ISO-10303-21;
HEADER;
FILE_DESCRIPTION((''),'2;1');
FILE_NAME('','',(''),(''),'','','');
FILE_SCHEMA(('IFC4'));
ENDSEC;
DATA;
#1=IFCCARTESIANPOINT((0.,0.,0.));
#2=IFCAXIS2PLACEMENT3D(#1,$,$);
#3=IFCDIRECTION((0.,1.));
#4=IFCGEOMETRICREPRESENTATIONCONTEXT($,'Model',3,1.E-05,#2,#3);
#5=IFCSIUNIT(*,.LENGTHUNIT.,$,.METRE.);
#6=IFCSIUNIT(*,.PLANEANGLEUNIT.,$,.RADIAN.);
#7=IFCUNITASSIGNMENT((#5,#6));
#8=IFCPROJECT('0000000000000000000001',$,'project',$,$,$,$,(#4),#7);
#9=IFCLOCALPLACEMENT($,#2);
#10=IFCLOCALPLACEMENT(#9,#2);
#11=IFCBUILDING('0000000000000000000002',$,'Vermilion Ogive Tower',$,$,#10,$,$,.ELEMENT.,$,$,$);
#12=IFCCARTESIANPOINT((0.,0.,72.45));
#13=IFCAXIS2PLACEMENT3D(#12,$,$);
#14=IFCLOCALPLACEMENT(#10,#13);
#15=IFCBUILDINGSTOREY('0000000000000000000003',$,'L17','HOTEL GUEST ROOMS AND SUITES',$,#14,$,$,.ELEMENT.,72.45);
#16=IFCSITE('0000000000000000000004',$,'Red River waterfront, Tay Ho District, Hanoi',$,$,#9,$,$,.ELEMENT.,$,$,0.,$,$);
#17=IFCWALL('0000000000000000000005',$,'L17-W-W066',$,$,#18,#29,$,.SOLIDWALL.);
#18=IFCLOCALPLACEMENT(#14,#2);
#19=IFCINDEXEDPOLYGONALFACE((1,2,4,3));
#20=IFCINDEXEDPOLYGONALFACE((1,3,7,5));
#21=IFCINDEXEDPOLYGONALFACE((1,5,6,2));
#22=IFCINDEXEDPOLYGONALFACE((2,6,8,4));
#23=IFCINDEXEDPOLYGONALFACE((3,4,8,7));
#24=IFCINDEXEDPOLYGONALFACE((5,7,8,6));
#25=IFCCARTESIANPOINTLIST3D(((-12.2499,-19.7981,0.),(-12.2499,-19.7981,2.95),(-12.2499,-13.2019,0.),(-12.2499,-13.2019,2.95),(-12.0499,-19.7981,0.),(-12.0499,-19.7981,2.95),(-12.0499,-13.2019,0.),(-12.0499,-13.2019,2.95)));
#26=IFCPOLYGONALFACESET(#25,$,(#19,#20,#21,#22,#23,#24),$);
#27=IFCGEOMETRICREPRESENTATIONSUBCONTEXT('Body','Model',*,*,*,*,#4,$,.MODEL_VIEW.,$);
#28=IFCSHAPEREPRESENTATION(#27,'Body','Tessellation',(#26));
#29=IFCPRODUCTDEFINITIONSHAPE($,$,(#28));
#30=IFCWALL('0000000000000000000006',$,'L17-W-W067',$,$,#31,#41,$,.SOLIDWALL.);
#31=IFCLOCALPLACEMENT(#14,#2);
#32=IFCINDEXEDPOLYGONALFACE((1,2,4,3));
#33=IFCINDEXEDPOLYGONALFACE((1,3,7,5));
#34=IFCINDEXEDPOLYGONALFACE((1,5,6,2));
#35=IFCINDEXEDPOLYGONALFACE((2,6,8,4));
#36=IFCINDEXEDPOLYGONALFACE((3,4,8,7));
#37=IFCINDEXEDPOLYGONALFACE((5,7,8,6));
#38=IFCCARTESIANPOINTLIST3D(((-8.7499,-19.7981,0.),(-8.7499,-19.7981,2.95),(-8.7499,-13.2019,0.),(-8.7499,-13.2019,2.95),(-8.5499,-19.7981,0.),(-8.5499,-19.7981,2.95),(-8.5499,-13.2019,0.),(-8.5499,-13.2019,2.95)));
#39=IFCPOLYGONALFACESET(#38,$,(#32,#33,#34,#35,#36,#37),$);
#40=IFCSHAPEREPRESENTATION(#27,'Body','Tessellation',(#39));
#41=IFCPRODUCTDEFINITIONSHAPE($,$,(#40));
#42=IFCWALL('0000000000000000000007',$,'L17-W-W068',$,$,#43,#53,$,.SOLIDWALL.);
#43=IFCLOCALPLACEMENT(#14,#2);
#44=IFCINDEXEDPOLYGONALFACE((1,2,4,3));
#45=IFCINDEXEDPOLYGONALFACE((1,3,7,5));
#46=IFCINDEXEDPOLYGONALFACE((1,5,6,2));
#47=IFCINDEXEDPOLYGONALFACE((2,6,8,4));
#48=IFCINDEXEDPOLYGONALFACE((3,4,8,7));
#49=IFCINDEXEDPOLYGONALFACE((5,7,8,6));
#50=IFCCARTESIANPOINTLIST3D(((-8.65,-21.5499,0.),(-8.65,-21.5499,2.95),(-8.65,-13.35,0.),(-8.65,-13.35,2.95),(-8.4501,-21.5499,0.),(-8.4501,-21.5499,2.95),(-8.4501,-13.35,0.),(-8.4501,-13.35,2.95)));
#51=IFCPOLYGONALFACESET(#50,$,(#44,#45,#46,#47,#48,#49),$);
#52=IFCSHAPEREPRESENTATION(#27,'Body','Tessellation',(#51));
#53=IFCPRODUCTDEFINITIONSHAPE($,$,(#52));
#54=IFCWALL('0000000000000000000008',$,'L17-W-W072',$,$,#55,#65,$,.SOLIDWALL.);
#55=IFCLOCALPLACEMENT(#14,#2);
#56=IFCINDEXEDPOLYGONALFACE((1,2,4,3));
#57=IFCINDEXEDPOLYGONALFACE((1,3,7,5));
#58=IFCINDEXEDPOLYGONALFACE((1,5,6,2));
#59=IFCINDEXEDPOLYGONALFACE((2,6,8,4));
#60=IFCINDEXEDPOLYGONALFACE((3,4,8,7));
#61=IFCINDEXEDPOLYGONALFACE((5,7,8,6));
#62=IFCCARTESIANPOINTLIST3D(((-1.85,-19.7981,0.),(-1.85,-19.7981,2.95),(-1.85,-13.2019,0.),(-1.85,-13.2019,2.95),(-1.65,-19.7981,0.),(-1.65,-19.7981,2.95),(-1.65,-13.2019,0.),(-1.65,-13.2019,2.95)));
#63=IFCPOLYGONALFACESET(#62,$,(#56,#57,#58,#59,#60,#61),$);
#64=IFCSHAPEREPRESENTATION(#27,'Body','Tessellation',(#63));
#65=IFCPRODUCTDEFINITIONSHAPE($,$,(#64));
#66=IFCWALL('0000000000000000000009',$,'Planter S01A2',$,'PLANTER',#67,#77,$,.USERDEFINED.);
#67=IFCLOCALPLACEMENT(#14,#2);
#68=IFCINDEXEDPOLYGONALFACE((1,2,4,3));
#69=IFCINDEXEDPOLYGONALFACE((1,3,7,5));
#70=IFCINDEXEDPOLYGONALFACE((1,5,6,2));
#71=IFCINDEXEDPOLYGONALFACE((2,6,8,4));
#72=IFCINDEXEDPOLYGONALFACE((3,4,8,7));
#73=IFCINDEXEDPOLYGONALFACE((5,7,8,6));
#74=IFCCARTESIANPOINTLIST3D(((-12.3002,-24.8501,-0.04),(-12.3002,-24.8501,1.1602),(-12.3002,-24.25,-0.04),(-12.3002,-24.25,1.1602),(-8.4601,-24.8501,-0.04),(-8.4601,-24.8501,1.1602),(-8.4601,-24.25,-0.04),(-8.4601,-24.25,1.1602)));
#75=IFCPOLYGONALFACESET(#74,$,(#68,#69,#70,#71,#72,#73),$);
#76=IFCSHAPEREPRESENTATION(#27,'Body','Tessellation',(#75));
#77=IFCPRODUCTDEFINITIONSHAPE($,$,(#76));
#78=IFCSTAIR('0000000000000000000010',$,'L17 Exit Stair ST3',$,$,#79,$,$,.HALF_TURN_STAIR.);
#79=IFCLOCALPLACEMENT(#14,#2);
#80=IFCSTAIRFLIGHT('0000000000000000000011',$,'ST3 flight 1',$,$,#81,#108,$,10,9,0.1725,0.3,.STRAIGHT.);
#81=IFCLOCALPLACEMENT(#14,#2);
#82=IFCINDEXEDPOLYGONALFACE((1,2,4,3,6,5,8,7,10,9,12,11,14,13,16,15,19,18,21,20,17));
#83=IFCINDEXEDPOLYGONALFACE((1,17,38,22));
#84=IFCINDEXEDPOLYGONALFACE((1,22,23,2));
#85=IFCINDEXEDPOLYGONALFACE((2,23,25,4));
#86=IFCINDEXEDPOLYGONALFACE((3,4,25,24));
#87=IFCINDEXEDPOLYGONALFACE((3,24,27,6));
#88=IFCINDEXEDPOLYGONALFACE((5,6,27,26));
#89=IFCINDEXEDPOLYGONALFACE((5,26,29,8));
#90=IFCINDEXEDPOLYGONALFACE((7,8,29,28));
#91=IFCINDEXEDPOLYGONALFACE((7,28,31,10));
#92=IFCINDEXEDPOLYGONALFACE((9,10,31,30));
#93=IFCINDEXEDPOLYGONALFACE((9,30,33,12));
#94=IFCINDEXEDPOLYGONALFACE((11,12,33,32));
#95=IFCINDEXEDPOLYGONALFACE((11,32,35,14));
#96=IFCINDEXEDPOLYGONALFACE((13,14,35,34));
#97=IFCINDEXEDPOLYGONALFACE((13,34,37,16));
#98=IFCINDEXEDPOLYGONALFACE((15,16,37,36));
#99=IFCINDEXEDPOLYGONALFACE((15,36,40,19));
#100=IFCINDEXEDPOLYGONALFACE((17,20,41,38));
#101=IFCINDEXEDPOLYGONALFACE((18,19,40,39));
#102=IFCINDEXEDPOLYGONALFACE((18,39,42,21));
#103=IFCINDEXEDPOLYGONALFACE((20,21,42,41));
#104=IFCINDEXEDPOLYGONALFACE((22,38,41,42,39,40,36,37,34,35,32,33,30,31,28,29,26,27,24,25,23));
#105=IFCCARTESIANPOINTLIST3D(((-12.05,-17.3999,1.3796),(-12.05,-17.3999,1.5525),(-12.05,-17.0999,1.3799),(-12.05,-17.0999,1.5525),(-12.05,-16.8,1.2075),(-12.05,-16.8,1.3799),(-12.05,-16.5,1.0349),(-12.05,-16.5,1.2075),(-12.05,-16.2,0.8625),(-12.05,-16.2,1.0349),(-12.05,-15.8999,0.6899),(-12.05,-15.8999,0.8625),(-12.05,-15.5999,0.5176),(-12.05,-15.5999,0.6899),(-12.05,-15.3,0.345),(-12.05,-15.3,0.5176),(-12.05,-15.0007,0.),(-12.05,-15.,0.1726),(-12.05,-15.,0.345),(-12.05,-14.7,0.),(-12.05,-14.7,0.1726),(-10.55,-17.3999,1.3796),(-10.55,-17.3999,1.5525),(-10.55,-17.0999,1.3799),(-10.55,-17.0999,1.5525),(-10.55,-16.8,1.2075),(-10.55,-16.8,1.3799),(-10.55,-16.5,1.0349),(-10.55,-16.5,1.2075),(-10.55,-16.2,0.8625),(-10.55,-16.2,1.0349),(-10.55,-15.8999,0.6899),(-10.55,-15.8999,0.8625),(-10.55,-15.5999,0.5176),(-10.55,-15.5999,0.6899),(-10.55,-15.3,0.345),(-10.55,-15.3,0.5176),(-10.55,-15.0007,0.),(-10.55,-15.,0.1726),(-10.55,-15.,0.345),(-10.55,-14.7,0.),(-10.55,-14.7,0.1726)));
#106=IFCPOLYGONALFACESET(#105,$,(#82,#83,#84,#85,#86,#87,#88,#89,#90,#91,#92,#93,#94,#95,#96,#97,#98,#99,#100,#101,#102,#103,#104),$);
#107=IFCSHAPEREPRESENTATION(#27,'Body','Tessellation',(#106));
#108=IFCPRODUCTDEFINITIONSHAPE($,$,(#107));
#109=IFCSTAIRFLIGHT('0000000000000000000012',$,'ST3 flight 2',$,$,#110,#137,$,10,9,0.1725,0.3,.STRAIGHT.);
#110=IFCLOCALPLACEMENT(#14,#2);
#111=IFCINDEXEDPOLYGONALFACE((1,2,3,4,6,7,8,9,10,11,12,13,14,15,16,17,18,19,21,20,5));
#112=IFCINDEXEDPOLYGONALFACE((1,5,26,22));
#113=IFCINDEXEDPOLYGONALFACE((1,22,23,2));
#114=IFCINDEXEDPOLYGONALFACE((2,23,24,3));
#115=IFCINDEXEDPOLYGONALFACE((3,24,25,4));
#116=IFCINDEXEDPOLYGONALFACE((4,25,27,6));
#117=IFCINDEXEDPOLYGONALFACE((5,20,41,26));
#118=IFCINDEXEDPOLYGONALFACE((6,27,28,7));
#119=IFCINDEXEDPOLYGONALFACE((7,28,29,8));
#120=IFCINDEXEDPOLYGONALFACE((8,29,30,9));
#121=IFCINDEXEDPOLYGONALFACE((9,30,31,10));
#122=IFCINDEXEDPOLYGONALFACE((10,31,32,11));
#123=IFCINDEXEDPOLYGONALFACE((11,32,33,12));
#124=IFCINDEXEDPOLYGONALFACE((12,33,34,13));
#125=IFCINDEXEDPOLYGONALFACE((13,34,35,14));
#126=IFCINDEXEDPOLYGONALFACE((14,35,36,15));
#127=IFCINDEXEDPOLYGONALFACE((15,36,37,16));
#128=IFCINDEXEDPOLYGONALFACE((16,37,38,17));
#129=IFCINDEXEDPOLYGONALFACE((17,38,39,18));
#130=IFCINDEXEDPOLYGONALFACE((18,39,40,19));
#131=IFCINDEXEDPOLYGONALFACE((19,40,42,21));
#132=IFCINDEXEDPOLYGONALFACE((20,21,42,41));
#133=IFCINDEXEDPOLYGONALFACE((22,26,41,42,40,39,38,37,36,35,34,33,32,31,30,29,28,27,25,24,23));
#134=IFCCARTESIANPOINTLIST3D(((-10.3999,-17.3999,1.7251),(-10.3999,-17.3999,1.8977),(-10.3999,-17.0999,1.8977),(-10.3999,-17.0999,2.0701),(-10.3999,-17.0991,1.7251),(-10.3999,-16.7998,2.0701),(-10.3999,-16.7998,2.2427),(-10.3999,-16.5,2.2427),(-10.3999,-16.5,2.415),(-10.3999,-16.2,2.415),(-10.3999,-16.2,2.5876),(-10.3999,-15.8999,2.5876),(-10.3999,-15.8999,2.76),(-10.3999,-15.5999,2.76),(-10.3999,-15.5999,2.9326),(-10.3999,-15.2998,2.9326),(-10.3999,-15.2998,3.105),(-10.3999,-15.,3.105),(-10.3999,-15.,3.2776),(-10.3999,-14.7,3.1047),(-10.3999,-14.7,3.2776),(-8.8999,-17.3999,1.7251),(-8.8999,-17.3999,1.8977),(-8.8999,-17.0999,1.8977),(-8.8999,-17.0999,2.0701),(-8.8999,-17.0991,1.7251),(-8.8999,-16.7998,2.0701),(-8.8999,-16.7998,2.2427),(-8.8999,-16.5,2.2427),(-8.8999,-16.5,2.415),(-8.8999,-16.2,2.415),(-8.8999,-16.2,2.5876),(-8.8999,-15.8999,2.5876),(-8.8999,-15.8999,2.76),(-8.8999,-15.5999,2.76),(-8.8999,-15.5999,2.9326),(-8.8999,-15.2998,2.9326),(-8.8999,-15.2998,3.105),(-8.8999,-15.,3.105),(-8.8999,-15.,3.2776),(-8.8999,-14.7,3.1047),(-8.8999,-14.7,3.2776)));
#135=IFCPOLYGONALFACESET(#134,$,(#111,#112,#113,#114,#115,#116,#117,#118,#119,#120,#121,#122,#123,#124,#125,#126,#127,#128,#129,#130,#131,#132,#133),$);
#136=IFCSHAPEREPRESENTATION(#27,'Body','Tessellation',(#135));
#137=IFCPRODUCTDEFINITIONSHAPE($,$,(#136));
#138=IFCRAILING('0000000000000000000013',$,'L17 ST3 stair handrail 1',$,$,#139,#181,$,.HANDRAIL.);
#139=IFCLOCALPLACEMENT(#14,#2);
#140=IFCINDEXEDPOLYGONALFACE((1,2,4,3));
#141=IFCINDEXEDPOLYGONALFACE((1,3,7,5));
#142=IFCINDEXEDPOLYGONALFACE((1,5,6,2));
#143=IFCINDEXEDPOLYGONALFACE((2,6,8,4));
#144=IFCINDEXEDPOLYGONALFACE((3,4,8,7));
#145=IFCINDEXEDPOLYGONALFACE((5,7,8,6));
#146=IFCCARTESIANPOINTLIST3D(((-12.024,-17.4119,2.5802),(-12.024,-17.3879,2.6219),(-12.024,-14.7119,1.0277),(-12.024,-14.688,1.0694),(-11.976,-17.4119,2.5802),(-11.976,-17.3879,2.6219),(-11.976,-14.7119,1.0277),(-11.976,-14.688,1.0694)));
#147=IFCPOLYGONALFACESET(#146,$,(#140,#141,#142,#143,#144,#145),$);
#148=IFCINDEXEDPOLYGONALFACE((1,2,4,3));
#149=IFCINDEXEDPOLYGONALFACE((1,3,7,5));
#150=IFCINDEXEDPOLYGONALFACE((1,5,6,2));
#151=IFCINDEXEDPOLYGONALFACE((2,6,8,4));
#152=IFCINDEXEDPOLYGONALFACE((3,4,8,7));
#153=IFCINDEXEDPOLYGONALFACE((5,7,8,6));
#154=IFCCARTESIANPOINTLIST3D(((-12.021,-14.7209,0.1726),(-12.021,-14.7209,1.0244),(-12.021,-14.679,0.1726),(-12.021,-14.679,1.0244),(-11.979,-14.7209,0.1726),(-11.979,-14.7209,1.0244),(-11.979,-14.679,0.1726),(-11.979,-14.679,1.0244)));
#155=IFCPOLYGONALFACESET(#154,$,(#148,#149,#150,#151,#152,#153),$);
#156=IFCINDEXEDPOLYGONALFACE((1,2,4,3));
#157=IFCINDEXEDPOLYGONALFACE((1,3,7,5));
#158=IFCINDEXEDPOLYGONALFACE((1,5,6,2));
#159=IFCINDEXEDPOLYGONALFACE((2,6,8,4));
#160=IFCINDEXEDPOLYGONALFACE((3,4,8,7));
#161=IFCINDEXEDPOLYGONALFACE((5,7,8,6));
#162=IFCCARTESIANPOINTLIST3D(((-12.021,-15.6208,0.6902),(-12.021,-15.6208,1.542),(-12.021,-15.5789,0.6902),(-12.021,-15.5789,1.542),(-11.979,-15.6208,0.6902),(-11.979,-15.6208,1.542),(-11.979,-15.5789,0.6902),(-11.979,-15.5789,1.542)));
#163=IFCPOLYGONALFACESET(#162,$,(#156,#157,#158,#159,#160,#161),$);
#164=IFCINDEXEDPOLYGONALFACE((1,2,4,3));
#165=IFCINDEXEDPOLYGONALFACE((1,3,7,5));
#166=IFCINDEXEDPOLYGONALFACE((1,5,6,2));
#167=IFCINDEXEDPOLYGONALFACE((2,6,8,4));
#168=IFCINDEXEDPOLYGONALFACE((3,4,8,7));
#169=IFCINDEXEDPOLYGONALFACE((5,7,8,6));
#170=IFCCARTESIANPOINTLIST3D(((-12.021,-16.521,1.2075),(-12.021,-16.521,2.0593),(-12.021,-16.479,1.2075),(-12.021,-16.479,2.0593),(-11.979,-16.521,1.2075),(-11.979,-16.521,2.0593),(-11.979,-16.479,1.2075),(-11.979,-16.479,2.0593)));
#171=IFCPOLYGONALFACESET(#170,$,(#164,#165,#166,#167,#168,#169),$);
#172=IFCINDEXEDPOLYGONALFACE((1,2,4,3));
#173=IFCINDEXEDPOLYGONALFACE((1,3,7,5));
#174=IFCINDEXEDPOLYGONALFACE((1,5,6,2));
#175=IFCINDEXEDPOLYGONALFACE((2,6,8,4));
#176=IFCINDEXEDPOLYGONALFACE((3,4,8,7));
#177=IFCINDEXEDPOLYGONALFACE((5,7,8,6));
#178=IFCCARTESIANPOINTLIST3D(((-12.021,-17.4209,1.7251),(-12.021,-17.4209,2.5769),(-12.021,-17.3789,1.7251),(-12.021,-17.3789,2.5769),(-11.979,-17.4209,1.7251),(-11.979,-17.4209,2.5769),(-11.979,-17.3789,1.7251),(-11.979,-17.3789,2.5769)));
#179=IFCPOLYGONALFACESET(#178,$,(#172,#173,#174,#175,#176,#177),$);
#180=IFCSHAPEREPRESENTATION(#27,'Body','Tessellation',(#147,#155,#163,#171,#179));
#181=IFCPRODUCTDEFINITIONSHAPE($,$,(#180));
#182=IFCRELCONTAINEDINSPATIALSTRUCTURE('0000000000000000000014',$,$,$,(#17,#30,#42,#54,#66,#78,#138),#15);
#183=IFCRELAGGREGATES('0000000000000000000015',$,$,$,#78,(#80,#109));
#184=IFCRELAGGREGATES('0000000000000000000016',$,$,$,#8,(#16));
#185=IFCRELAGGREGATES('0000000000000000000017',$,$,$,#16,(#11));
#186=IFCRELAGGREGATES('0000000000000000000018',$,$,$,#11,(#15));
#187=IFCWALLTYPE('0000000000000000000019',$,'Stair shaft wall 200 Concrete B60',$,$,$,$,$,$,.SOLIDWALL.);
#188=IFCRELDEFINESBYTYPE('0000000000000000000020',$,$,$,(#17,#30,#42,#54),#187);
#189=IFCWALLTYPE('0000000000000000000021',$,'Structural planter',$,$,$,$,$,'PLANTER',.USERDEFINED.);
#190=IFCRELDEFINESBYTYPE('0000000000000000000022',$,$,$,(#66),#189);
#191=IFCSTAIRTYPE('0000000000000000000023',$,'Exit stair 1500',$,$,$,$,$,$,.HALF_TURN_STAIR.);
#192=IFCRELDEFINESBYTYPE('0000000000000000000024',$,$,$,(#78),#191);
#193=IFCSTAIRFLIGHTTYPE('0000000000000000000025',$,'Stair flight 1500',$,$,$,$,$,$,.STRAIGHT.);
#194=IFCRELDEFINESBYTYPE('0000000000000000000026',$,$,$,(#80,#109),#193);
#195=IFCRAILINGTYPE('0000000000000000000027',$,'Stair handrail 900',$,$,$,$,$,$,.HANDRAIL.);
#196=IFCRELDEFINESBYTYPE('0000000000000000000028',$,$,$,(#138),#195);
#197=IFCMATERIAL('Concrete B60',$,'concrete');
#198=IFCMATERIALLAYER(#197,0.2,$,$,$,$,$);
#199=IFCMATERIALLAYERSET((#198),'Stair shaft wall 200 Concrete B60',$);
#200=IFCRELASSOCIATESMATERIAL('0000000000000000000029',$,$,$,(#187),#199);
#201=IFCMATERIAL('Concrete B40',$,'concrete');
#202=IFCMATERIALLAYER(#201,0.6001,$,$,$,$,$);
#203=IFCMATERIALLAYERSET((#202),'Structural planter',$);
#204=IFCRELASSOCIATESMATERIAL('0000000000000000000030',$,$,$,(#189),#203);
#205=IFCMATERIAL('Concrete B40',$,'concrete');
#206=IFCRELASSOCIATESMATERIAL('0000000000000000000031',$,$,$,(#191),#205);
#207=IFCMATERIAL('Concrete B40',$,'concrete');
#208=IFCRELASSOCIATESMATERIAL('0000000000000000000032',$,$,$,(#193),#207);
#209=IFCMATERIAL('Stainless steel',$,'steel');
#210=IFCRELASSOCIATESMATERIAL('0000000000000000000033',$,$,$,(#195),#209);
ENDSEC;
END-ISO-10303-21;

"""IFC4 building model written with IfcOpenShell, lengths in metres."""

from ifc_helpers import new_model, si_unit, direction, frame, frame_2d, origin, origin_2d, place, context, subcontext, project, spatial, polyline, rectangle, outline, extrude, material, layer, layer_set, type_object, element, aggregate, save


model = new_model("IFC4")

# Units and contexts
model_context = context("Model", 3, precision=1e-05, world=origin(), true_north=direction((0.0, 1.0)))
body_context = subcontext(model_context, "Body", "Model", "MODEL_VIEW")
ifc_project = project(units=[si_unit("LENGTHUNIT", "METRE"), si_unit("PLANEANGLEUNIT", "RADIAN")], contexts=[model_context])

# Site, building, storey
site_placement = place(None, origin())
site = spatial("IfcSite", under=ifc_project, at=site_placement, Name="Red River waterfront, Tay Ho District, Hanoi", CompositionType="ELEMENT", RefElevation=0.0)
building_placement = place(site_placement, origin())
building = spatial("IfcBuilding", under=site, at=building_placement, Name="Vermilion Ogive Tower", CompositionType="ELEMENT")
storey_placement = place(building_placement, frame((0.0, 0.0, 72.45)))
storey = spatial("IfcBuildingStorey", under=building, at=storey_placement, Name="L17", Description="HOTEL GUEST ROOMS AND SUITES", CompositionType="ELEMENT", Elevation=72.45)

# Walls
ifc_material_1 = material(Name="Concrete B60", Category="concrete")
ifc_layer_1 = layer(ifc_material_1, 0.2)
ifc_layer_set_1 = layer_set([ifc_layer_1], Name="Stair shaft wall 200 Concrete B60")
wall_type_1 = type_object("IfcWallType", Name="Stair shaft wall 200 Concrete B60", PredefinedType="SOLIDWALL", material=ifc_layer_set_1)
for number, where, z_axis, x_axis, name in (
    (1, (-12.1499, -19.7981, 0.0), (0.0, 0.0, 1.0), (0.0, 1.0, 0.0), "L17-W-W066"),
    (2, (-8.6499, -19.7981, 0.0), (0.0, 0.0, 1.0), (0.0, 1.0, 0.0), "L17-W-W067"),
):
    element("IfcWall", number, at=place(storey_placement, frame(where, z_axis=z_axis, x_axis=x_axis)), inside=storey, type_object=wall_type_1, Name=name, PredefinedType="SOLIDWALL", context=body_context, shape_type="SweptSolid", body=[
        extrude(rectangle(XDim=6.5962, YDim=0.2, at=frame_2d((3.2981, 0.0))), origin(), (0.0, 0.0, 1.0), 2.95),
    ])
wall_1_placement = place(storey_placement, frame((-8.55, -21.55, 0.0), z_axis=(0.0, 0.0, 1.0), x_axis=(0.0, 1.0, 0.0)))
element("IfcWall", 3, at=wall_1_placement, inside=storey, type_object=wall_type_1, Name="L17-W-W068", PredefinedType="SOLIDWALL", context=body_context, shape_type="SweptSolid", body=[
    extrude(rectangle(XDim=8.2, YDim=0.2, at=frame_2d((4.1001, 0.0))), origin(), (0.0, 0.0, 1.0), 2.95),
])
wall_2_placement = place(storey_placement, frame((-1.75, -19.7981, 0.0), z_axis=(0.0, 0.0, 1.0), x_axis=(0.0, 1.0, 0.0)))
element("IfcWall", 4, at=wall_2_placement, inside=storey, type_object=wall_type_1, Name="L17-W-W072", PredefinedType="SOLIDWALL", context=body_context, shape_type="SweptSolid", body=[
    extrude(rectangle(XDim=6.5962, YDim=0.2, at=frame_2d((3.2981, 0.0))), origin(), (0.0, 0.0, 1.0), 2.95),
])
ifc_material_2 = material(Name="Concrete B40", Category="concrete")
ifc_layer_2 = layer(ifc_material_2, 0.6001)
ifc_layer_set_2 = layer_set([ifc_layer_2], Name="Structural planter")
wall_type_2 = type_object("IfcWallType", Name="Structural planter", ElementType="PLANTER", PredefinedType="USERDEFINED", material=ifc_layer_set_2)
wall_3_placement = place(storey_placement, frame((-12.3, -24.55, -0.04), z_axis=(0.0, 0.0, 1.0), x_axis=(1.0, 0.0, 0.0)))
element("IfcWall", 5, at=wall_3_placement, inside=storey, type_object=wall_type_2, Name="Planter S01A2", ObjectType="PLANTER", PredefinedType="USERDEFINED", context=body_context, shape_type="SweptSolid", body=[
    extrude(rectangle(XDim=3.8401, YDim=0.6001, at=frame_2d((1.9199, 0.0))), origin(), (0.0, 0.0, 1.0), 1.2002),
])

# Stair, stair flights
ifc_material_3 = material(Name="Concrete B40", Category="concrete")
stair_type = type_object("IfcStairType", Name="Exit stair 1500", PredefinedType="HALF_TURN_STAIR", material=ifc_material_3)
stair_placement = place(storey_placement, origin())
stair = element("IfcStair", 6, at=stair_placement, inside=storey, type_object=stair_type, Name="L17 Exit Stair ST3", PredefinedType="HALF_TURN_STAIR")
ifc_material_4 = material(Name="Concrete B40", Category="concrete")
stair_flight_type = type_object("IfcStairFlightType", Name="Stair flight 1500", PredefinedType="STRAIGHT", material=ifc_material_4)
stair_flight_1_placement = place(storey_placement, frame((-11.3, -14.7, 0.0), z_axis=(0.0, 0.0, 1.0), x_axis=(0.0, -1.0, 0.0)))
stair_flight_1 = element("IfcStairFlight", 7, at=stair_flight_1_placement, type_object=stair_flight_type, Name="ST3 flight 1", NumberOfRisers=10, NumberOfTreads=9, PredefinedType="STRAIGHT", RiserHeight=0.1725, TreadLength=0.3, context=body_context, shape_type="SweptSolid", body=[
    extrude(outline(polyline([(0.0, 0.0), (0.0, 0.1726), (0.3, 0.1726), (0.3, 0.345), (0.6001, 0.345), (0.6001, 0.5176), (0.8999, 0.5176), (0.8999, 0.6899), (1.2, 0.6899), (1.2, 0.8625), (1.5, 0.8625), (1.5, 1.0349), (1.8, 1.0349), (1.8, 1.2075), (2.1001, 1.2075), (2.1001, 1.3799), (2.3999, 1.3799), (2.3999, 1.5525), (2.7, 1.5525), (2.7, 1.7251), (2.7, 1.3796), (0.3008, 0.0), (0.0, 0.0)])), frame((0.0, 0.75, 0.0), z_axis=(0.0, -1.0, 0.0), x_axis=(1.0, 0.0, 0.0)), (0.0, 0.0, 1.0), 1.5),
])
stair_flight_2_placement = place(storey_placement, frame((-9.6499, -17.3999, 1.7251), z_axis=(0.0, 0.0, 1.0), x_axis=(0.0, 1.0, 0.0)))
stair_flight_2 = element("IfcStairFlight", 8, at=stair_flight_2_placement, type_object=stair_flight_type, Name="ST3 flight 2", NumberOfRisers=10, NumberOfTreads=9, PredefinedType="STRAIGHT", RiserHeight=0.1725, TreadLength=0.3, context=body_context, shape_type="SweptSolid", body=[
    extrude(outline(polyline([(0.0, 0.0), (0.0, 0.1726), (0.3, 0.1726), (0.3, 0.345), (0.6001, 0.345), (0.6001, 0.5176), (0.8999, 0.5176), (0.8999, 0.6899), (1.2, 0.6899), (1.2, 0.8625), (1.5, 0.8625), (1.5, 1.0349), (1.8, 1.0349), (1.8, 1.2075), (2.1001, 1.2075), (2.1001, 1.3799), (2.3999, 1.3799), (2.3999, 1.5525), (2.7, 1.5525), (2.7, 1.7251), (2.7, 1.3796), (0.3008, 0.0), (0.0, 0.0)])), frame((0.0, 0.75, 0.0), z_axis=(0.0, -1.0, 0.0), x_axis=(1.0, 0.0, 0.0)), (0.0, 0.0, 1.0), 1.5),
])
aggregate(stair, [stair_flight_1, stair_flight_2])

# Railing
ifc_material_5 = material(Name="Stainless steel", Category="steel")
railing_type = type_object("IfcRailingType", Name="Stair handrail 900", PredefinedType="HANDRAIL", material=ifc_material_5)
railing_1_placement = place(storey_placement, frame((-12.0, -14.7, 0.1726)))
element("IfcRailing", 9, at=railing_1_placement, inside=storey, type_object=railing_type, Name="L17 ST3 stair handrail 1", PredefinedType="HANDRAIL", context=body_context, shape_type="SweptSolid", body=[
    extrude(rectangle(XDim=0.0481, YDim=0.0481, at=origin_2d()), frame((0.0, 0.0, 0.876), z_axis=(0.0, -0.866904, 0.498476), x_axis=(1.0, 0.0, 0.0)), (0.0, 0.0, 1.0), 3.1145),
    extrude(rectangle(XDim=0.042, YDim=0.042, at=origin_2d()), origin(), (0.0, 0.0, 1.0), 0.8518),
    extrude(rectangle(XDim=0.042, YDim=0.042, at=origin_2d()), frame((0.0, -0.8999, 0.5176)), (0.0, 0.0, 1.0), 0.8518),
    extrude(rectangle(XDim=0.042, YDim=0.042, at=origin_2d()), frame((0.0, -1.8, 1.0349)), (0.0, 0.0, 1.0), 0.8518),
    extrude(rectangle(XDim=0.042, YDim=0.042, at=origin_2d()), frame((0.0, -2.7, 1.5525)), (0.0, 0.0, 1.0), 0.8518),
])

save(model, "model.ifc")
